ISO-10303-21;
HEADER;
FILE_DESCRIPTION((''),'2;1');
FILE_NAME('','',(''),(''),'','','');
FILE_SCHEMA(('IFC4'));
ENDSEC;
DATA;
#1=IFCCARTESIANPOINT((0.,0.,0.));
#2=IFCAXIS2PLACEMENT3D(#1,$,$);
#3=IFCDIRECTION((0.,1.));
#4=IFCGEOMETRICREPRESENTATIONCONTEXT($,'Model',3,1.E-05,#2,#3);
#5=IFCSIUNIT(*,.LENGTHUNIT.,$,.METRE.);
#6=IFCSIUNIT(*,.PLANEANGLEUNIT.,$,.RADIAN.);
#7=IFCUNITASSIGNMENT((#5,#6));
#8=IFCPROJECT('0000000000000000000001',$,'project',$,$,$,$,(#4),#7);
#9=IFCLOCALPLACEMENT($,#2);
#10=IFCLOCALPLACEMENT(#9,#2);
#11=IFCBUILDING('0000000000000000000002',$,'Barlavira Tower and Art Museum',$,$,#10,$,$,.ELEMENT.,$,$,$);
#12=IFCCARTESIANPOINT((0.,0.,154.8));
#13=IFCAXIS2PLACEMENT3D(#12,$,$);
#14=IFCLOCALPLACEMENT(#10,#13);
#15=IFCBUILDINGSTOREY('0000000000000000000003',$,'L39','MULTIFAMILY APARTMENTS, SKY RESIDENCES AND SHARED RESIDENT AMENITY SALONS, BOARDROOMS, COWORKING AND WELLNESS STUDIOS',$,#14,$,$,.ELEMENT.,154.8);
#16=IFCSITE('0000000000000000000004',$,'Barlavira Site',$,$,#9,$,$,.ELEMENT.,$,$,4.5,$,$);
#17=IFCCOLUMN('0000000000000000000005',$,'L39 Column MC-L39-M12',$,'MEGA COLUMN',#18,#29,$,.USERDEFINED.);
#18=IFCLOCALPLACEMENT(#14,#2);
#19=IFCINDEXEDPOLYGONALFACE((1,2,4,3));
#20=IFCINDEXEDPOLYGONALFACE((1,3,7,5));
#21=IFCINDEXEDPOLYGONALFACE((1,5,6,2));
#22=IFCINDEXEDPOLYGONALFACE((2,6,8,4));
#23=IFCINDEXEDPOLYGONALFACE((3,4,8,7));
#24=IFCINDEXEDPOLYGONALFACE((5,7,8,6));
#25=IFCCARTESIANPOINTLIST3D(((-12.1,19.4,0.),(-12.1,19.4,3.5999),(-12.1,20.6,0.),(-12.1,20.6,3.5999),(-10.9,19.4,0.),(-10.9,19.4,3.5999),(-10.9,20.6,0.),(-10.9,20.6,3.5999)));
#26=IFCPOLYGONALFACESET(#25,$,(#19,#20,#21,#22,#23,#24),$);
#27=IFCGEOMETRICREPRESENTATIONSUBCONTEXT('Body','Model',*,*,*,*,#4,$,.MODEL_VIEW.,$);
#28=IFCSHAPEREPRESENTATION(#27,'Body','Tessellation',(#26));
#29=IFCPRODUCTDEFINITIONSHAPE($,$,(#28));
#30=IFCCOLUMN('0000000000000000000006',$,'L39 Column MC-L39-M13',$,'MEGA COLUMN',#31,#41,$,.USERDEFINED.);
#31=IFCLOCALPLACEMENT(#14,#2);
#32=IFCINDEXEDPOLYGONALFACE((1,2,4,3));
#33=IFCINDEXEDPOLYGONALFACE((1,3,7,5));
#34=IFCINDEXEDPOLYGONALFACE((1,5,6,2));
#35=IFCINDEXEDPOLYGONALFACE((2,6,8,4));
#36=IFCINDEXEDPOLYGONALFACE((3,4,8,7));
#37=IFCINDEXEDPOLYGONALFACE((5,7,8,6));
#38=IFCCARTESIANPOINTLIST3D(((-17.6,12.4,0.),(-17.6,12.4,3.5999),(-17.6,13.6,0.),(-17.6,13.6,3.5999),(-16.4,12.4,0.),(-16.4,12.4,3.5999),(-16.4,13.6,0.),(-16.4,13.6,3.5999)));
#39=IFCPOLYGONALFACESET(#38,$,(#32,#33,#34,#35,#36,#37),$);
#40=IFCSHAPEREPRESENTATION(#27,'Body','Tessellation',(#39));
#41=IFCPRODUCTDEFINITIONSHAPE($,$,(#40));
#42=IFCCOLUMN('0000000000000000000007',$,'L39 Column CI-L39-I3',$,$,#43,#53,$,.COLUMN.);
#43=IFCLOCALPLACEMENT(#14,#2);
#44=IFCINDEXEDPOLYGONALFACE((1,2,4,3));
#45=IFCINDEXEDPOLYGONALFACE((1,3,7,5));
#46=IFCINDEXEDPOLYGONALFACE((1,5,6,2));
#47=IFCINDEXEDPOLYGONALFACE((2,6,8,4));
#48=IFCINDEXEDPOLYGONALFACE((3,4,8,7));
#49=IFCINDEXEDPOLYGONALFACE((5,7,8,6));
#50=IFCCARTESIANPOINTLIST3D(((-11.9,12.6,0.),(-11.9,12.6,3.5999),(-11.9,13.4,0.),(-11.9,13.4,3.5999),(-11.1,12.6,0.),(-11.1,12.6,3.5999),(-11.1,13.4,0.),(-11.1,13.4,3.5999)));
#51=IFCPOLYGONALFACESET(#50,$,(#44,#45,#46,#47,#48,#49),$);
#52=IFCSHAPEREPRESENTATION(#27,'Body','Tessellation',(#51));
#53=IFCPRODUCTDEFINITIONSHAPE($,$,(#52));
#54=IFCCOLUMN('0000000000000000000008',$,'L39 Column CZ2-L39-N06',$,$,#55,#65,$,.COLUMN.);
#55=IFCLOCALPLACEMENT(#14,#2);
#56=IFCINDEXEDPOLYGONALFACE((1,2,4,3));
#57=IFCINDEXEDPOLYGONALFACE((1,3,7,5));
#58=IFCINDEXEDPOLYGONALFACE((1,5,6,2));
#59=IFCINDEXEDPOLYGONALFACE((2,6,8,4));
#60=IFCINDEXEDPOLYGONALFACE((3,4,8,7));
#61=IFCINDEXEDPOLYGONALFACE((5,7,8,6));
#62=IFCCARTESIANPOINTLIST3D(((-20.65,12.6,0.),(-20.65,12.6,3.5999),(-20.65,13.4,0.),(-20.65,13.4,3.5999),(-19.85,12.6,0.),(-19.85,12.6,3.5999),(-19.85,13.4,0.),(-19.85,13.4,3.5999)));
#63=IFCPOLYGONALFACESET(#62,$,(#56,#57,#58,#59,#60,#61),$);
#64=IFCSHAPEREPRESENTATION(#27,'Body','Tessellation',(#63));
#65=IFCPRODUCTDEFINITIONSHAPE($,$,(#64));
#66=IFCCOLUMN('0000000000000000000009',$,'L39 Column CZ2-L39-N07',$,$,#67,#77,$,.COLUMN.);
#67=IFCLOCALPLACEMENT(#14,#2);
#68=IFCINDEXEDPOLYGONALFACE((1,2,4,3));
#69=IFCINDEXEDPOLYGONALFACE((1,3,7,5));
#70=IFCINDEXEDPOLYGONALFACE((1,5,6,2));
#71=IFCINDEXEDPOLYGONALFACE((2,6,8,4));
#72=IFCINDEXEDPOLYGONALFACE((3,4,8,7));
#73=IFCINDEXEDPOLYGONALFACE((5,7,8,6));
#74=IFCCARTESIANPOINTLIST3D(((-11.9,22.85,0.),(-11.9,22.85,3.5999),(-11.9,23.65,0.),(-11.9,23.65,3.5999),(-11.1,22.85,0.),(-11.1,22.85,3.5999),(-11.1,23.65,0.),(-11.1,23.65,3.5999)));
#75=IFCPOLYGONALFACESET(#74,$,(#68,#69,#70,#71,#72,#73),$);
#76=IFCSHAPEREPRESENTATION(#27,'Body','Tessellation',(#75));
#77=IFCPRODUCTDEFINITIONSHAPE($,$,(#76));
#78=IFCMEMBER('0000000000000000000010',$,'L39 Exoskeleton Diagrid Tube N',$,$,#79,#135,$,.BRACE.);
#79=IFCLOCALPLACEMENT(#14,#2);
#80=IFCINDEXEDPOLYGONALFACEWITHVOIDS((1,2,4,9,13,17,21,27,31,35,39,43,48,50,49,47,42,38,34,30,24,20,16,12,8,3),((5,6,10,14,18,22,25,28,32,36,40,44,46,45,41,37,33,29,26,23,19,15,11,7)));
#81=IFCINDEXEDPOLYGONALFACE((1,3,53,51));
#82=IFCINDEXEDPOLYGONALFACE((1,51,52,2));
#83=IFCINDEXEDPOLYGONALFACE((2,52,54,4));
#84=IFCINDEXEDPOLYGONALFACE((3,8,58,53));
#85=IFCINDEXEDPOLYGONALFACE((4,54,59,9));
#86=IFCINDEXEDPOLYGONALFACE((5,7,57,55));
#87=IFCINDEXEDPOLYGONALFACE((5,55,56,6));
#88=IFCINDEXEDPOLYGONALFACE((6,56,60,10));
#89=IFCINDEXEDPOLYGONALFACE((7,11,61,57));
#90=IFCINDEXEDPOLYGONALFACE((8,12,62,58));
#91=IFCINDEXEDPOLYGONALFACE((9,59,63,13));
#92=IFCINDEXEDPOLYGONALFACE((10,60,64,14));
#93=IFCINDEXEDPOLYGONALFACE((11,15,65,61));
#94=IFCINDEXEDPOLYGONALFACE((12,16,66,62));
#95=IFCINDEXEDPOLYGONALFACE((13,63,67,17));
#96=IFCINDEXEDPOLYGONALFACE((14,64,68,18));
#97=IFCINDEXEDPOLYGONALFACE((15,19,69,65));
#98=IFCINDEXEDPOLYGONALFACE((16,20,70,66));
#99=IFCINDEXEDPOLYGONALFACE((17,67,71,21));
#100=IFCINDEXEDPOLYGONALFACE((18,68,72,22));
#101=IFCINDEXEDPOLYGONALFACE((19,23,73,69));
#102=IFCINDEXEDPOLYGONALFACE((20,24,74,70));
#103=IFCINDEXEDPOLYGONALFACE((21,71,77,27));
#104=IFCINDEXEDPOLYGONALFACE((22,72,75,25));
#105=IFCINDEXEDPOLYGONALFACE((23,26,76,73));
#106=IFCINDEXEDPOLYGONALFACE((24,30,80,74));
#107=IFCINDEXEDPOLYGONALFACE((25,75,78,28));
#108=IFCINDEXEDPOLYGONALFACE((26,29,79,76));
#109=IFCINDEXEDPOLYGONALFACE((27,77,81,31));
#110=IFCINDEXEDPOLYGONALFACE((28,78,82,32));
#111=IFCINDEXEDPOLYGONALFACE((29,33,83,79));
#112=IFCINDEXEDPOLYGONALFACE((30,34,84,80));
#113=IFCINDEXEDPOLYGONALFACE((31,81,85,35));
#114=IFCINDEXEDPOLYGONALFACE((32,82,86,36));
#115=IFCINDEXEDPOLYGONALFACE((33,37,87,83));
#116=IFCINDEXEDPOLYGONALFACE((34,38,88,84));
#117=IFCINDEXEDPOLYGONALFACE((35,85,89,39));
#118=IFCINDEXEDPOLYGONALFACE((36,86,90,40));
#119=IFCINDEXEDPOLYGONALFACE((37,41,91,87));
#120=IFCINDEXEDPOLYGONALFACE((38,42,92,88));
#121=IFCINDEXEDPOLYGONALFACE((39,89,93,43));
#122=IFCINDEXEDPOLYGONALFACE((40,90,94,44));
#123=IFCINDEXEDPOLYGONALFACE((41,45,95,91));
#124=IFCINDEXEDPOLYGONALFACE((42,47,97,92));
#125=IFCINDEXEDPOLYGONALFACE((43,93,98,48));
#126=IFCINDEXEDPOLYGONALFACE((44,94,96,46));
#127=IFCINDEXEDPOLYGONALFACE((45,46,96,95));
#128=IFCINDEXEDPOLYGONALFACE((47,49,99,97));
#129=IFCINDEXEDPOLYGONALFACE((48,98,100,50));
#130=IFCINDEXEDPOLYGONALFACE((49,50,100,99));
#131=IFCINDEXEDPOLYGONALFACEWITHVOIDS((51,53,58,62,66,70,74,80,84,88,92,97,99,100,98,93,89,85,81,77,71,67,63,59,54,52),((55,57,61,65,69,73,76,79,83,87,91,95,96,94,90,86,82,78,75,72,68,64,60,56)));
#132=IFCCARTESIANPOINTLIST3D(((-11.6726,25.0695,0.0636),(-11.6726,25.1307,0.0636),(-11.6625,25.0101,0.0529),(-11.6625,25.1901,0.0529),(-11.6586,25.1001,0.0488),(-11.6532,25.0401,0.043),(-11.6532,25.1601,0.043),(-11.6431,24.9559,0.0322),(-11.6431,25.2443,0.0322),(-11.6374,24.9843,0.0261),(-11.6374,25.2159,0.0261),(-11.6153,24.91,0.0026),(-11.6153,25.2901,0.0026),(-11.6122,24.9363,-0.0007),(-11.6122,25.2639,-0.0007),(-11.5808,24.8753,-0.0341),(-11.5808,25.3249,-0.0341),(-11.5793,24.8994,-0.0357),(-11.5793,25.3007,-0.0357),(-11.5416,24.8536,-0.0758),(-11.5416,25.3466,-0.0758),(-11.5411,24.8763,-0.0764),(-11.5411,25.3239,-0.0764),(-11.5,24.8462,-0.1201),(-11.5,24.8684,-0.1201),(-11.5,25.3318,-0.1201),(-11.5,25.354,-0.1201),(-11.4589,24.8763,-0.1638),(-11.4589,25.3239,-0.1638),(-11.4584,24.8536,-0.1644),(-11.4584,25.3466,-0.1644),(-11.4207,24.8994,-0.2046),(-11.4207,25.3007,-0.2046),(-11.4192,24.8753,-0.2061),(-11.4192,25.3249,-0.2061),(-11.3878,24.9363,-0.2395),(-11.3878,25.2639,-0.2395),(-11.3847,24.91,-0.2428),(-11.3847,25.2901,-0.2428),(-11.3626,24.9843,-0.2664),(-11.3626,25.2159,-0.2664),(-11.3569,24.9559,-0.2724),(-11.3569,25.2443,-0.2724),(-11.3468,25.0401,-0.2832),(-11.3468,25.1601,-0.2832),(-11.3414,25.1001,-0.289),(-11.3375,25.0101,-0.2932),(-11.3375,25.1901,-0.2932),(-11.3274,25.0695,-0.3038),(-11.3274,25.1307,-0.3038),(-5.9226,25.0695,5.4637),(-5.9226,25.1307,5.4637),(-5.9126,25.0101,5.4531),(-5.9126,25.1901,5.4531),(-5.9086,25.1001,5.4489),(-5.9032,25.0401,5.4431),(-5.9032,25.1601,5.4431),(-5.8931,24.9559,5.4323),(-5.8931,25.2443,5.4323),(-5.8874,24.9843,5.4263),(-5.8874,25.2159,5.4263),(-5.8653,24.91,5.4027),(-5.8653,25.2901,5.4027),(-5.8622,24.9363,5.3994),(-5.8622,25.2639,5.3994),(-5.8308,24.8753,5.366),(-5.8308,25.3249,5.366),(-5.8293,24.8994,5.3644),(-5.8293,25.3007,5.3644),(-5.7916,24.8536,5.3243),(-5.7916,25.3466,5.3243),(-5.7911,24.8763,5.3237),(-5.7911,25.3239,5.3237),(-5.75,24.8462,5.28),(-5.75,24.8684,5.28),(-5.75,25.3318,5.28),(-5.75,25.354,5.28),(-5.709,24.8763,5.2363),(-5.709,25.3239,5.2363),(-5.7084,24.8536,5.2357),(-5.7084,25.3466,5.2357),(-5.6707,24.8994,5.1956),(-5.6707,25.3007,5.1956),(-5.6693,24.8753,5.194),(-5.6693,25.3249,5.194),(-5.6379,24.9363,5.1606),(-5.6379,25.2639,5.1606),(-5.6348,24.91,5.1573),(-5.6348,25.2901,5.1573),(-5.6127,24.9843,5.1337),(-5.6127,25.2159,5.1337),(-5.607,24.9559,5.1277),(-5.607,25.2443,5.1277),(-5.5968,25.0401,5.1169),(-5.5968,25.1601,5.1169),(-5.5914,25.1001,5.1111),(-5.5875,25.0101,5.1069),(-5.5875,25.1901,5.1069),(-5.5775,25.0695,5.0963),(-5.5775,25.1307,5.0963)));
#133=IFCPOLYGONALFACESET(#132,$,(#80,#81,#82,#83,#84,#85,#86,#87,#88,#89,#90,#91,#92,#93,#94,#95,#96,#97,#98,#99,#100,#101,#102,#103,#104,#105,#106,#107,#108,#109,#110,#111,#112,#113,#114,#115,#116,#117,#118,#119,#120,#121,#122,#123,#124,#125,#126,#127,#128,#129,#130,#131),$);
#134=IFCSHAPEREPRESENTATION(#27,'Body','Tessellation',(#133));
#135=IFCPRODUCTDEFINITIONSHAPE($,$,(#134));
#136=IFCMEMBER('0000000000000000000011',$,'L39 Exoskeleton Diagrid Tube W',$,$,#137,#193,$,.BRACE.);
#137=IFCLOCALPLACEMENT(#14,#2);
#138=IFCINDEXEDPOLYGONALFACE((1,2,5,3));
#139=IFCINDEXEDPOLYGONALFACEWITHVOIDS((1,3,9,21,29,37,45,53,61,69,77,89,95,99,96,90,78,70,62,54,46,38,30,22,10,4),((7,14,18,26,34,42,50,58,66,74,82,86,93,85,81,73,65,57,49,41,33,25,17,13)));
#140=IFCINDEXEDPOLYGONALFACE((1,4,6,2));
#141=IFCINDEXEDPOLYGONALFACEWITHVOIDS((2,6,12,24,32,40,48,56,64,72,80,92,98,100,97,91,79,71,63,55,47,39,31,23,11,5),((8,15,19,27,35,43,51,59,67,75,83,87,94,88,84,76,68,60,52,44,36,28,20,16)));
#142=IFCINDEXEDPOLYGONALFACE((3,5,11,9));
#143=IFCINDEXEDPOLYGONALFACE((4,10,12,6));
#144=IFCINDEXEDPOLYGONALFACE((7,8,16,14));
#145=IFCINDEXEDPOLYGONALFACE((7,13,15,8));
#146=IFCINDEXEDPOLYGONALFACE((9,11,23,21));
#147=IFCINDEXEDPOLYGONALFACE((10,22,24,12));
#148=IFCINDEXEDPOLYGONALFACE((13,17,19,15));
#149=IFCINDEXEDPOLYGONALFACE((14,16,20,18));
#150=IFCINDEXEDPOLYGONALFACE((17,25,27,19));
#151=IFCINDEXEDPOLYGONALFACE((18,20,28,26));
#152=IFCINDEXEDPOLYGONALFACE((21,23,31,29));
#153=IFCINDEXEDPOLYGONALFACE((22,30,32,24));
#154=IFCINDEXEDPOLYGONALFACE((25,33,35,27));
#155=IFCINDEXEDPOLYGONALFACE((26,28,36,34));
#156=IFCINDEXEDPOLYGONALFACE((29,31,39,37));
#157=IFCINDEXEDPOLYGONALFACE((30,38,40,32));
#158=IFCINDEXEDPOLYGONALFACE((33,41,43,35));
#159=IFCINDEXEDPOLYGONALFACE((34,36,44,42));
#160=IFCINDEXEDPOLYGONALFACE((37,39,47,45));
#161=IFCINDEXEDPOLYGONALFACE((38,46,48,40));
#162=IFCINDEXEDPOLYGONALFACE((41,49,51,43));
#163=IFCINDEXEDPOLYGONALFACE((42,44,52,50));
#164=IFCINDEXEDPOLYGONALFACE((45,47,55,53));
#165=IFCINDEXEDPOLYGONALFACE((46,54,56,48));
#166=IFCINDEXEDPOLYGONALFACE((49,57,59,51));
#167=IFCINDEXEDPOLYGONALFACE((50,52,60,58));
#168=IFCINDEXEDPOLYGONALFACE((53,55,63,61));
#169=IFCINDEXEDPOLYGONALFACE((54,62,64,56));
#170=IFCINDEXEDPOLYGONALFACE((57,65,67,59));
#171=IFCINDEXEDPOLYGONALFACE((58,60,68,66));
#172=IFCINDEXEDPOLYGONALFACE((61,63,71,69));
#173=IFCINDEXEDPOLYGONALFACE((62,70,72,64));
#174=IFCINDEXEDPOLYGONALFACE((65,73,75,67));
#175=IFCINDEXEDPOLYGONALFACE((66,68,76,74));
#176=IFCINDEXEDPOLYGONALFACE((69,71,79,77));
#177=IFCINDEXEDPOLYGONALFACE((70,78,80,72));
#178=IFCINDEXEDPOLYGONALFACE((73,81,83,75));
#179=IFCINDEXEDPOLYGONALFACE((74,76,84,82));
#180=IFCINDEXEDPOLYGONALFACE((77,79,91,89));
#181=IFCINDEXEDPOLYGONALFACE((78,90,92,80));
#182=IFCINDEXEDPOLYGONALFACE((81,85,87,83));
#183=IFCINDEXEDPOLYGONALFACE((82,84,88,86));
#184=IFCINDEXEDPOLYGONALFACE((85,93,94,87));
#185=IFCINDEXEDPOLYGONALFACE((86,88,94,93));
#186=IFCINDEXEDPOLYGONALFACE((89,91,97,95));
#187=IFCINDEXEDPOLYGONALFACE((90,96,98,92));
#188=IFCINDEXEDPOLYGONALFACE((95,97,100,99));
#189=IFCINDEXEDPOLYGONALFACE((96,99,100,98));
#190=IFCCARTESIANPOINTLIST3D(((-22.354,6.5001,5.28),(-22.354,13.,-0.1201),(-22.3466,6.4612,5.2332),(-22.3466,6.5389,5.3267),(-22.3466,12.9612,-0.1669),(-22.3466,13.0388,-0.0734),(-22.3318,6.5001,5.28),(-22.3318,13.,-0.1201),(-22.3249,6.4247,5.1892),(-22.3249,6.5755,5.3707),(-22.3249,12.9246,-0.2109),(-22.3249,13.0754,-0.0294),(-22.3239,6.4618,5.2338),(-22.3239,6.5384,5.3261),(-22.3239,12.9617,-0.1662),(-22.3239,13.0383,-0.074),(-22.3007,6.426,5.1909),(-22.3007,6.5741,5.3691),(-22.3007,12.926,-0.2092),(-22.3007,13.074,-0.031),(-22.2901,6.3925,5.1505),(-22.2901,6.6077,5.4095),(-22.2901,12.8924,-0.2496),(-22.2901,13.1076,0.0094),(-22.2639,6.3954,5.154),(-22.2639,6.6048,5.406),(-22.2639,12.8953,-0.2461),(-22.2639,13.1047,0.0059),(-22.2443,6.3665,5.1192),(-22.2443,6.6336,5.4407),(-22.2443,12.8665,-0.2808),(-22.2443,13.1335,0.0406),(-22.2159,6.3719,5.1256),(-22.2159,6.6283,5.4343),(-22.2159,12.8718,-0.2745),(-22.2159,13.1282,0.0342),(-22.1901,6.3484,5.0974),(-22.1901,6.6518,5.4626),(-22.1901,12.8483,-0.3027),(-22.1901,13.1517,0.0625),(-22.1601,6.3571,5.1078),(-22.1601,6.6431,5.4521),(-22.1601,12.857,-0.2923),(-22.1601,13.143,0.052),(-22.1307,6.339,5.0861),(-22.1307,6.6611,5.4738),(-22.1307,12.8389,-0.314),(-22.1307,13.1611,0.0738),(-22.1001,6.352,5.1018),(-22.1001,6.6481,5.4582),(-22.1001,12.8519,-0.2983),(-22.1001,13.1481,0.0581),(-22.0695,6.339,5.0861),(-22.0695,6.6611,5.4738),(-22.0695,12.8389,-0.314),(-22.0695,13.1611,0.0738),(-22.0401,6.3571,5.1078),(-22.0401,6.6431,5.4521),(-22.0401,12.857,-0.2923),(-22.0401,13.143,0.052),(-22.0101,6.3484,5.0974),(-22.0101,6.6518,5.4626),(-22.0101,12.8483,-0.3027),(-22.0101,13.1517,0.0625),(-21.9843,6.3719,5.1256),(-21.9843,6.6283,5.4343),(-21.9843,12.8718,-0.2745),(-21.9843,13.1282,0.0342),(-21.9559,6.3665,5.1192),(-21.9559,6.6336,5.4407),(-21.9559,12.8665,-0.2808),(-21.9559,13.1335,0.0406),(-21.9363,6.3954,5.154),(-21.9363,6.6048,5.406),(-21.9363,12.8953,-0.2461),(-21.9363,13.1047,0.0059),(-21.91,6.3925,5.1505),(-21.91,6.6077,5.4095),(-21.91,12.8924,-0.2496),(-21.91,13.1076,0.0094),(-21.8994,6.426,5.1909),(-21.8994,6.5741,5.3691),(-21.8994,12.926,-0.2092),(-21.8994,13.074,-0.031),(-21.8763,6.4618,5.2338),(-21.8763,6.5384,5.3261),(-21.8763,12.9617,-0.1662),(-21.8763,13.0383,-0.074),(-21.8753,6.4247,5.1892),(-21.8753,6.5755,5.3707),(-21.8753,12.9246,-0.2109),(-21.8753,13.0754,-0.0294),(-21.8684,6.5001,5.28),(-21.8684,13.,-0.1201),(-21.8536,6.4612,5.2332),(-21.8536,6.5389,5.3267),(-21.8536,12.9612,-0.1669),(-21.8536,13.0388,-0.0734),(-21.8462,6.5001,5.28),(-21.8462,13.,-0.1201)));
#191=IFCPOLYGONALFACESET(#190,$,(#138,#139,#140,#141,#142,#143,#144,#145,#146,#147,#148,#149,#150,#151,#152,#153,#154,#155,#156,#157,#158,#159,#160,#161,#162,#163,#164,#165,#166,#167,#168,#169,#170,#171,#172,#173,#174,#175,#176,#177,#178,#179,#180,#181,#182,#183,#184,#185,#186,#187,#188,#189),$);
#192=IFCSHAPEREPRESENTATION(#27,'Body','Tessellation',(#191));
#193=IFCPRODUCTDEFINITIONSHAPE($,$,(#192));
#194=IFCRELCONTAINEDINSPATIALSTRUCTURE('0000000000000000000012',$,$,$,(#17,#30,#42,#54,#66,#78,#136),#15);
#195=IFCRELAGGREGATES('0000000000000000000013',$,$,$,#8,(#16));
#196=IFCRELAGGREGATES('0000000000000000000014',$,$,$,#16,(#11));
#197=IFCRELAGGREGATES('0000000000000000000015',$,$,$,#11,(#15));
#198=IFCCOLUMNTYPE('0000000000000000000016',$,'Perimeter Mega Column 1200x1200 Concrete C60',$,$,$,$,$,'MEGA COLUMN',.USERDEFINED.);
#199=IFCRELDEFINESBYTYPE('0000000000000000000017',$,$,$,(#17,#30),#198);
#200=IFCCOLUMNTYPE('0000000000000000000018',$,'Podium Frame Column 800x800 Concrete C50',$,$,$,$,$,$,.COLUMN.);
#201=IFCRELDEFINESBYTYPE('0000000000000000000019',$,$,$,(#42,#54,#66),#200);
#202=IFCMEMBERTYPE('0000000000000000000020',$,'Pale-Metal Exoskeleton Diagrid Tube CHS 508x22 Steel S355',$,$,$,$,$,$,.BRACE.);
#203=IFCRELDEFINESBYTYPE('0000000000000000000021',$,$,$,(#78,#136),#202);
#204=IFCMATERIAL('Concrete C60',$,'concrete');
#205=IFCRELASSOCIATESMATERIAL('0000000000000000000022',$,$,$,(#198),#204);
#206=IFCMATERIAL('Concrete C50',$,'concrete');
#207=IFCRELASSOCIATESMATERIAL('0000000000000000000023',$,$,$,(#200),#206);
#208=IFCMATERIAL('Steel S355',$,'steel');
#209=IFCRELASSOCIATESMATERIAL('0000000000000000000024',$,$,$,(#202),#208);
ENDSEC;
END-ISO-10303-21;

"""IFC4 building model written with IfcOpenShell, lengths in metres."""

from ifc_helpers import new_model, si_unit, direction, frame, origin, origin_2d, place, context, subcontext, project, spatial, rectangle, hollow_circle, extrude, material, material_profile, profile_set, type_object, element, save


model = new_model("IFC4")

# Units and contexts
model_context = context("Model", 3, precision=1e-05, world=origin(), true_north=direction((0.0, 1.0)))
body_context = subcontext(model_context, "Body", "Model", "MODEL_VIEW")
ifc_project = project(units=[si_unit("LENGTHUNIT", "METRE"), si_unit("PLANEANGLEUNIT", "RADIAN")], contexts=[model_context])

# Site, building, storey
site_placement = place(None, origin())
site = spatial("IfcSite", under=ifc_project, at=site_placement, Name="Barlavira Site", CompositionType="ELEMENT", RefElevation=4.5)
building_placement = place(site_placement, origin())
building = spatial("IfcBuilding", under=site, at=building_placement, Name="Barlavira Tower and Art Museum", CompositionType="ELEMENT")
storey_placement = place(building_placement, frame((0.0, 0.0, 154.8)))
storey = spatial("IfcBuildingStorey", under=building, at=storey_placement, Name="L39", Description="MULTIFAMILY APARTMENTS, SKY RESIDENCES AND SHARED RESIDENT AMENITY SALONS, BOARDROOMS, COWORKING AND WELLNESS STUDIOS", CompositionType="ELEMENT", Elevation=154.8)

# Columns
ifc_material_1 = material(Name="Concrete C60", Category="concrete")
ifc_material_profile_1 = material_profile(ifc_material_1, rectangle(XDim=1.2, YDim=1.2, at=origin_2d()), Name="RC-COL 1200x1200")
ifc_profile_set_1 = profile_set([ifc_material_profile_1], Name="Concrete C60")
column_type_1 = type_object("IfcColumnType", Name="Perimeter Mega Column 1200x1200 Concrete C60", ElementType="MEGA COLUMN", PredefinedType="USERDEFINED", material=ifc_profile_set_1)
for number, where, z_axis, x_axis, name in (
    (1, (-11.5, 20.0, 0.0), (0.0, 0.0, 1.0), (1.0, 0.0, 0.0), "L39 Column MC-L39-M12"),
    (2, (-17.0, 13.0, 0.0), (0.0, 0.0, 1.0), (1.0, 0.0, 0.0), "L39 Column MC-L39-M13"),
):
    element("IfcColumn", number, at=place(storey_placement, frame(where, z_axis=z_axis, x_axis=x_axis)), inside=storey, type_object=column_type_1, Name=name, ObjectType="MEGA COLUMN", PredefinedType="USERDEFINED", context=body_context, shape_type="SweptSolid", body=[
        extrude(rectangle(XDim=1.2, YDim=1.2, at=origin_2d()), origin(), (0.0, 0.0, 1.0), 3.5999),
    ])
ifc_material_2 = material(Name="Concrete C50", Category="concrete")
ifc_material_profile_2 = material_profile(ifc_material_2, rectangle(XDim=0.8, YDim=0.8, at=origin_2d()), Name="RC-COL 800x800")
ifc_profile_set_2 = profile_set([ifc_material_profile_2], Name="Concrete C50")
column_type_2 = type_object("IfcColumnType", Name="Podium Frame Column 800x800 Concrete C50", PredefinedType="COLUMN", material=ifc_profile_set_2)
for number, where, z_axis, x_axis, name in (
    (3, (-11.5, 13.0, 0.0), (0.0, 0.0, 1.0), (1.0, 0.0, 0.0), "L39 Column CI-L39-I3"),
    (4, (-20.25, 13.0, 0.0), (0.0, 0.0, 1.0), (1.0, 0.0, 0.0), "L39 Column CZ2-L39-N06"),
    (5, (-11.5, 23.25, 0.0), (0.0, 0.0, 1.0), (1.0, 0.0, 0.0), "L39 Column CZ2-L39-N07"),
):
    element("IfcColumn", number, at=place(storey_placement, frame(where, z_axis=z_axis, x_axis=x_axis)), inside=storey, type_object=column_type_2, Name=name, PredefinedType="COLUMN", context=body_context, shape_type="SweptSolid", body=[
        extrude(rectangle(XDim=0.8, YDim=0.8, at=origin_2d()), origin(), (0.0, 0.0, 1.0), 3.5999),
    ])

# Members
ifc_material_3 = material(Name="Steel S355", Category="steel")
ifc_material_profile_3 = material_profile(ifc_material_3, hollow_circle(Radius=0.2539, WallThickness=0.0222, at=origin_2d()), Name="CHS 508.0x22.2")
ifc_profile_set_3 = profile_set([ifc_material_profile_3], Name="Steel S355")
member_type_1 = type_object("IfcMemberType", Name="Pale-Metal Exoskeleton Diagrid Tube CHS 508x22 Steel S355", PredefinedType="BRACE", material=ifc_profile_set_3)
member_1_placement = place(storey_placement, frame((-11.5, 25.1001, -0.1201), z_axis=(0.728935, 0.0, 0.684583), x_axis=(0.0, 1.0, 0.0)))
element("IfcMember", 6, at=member_1_placement, inside=storey, type_object=member_type_1, Name="L39 Exoskeleton Diagrid Tube N", PredefinedType="BRACE", context=body_context, shape_type="SweptSolid", body=[
    extrude(hollow_circle(Radius=0.2539, WallThickness=0.0222, at=origin_2d()), origin(), (0.0, 0.0, 1.0), 7.8882),
])
member_2_placement = place(storey_placement, frame((-22.1001, 13.0, -0.1201), z_axis=(0.0, -0.769182, 0.63903), x_axis=(1.0, 0.0, 0.0)))
element("IfcMember", 7, at=member_2_placement, inside=storey, type_object=member_type_1, Name="L39 Exoskeleton Diagrid Tube W", PredefinedType="BRACE", context=body_context, shape_type="SweptSolid", body=[
    extrude(hollow_circle(Radius=0.2539, WallThickness=0.0222, at=origin_2d()), origin(), (0.0, 0.0, 1.0), 8.4504),
])

save(model, "model.ifc")
